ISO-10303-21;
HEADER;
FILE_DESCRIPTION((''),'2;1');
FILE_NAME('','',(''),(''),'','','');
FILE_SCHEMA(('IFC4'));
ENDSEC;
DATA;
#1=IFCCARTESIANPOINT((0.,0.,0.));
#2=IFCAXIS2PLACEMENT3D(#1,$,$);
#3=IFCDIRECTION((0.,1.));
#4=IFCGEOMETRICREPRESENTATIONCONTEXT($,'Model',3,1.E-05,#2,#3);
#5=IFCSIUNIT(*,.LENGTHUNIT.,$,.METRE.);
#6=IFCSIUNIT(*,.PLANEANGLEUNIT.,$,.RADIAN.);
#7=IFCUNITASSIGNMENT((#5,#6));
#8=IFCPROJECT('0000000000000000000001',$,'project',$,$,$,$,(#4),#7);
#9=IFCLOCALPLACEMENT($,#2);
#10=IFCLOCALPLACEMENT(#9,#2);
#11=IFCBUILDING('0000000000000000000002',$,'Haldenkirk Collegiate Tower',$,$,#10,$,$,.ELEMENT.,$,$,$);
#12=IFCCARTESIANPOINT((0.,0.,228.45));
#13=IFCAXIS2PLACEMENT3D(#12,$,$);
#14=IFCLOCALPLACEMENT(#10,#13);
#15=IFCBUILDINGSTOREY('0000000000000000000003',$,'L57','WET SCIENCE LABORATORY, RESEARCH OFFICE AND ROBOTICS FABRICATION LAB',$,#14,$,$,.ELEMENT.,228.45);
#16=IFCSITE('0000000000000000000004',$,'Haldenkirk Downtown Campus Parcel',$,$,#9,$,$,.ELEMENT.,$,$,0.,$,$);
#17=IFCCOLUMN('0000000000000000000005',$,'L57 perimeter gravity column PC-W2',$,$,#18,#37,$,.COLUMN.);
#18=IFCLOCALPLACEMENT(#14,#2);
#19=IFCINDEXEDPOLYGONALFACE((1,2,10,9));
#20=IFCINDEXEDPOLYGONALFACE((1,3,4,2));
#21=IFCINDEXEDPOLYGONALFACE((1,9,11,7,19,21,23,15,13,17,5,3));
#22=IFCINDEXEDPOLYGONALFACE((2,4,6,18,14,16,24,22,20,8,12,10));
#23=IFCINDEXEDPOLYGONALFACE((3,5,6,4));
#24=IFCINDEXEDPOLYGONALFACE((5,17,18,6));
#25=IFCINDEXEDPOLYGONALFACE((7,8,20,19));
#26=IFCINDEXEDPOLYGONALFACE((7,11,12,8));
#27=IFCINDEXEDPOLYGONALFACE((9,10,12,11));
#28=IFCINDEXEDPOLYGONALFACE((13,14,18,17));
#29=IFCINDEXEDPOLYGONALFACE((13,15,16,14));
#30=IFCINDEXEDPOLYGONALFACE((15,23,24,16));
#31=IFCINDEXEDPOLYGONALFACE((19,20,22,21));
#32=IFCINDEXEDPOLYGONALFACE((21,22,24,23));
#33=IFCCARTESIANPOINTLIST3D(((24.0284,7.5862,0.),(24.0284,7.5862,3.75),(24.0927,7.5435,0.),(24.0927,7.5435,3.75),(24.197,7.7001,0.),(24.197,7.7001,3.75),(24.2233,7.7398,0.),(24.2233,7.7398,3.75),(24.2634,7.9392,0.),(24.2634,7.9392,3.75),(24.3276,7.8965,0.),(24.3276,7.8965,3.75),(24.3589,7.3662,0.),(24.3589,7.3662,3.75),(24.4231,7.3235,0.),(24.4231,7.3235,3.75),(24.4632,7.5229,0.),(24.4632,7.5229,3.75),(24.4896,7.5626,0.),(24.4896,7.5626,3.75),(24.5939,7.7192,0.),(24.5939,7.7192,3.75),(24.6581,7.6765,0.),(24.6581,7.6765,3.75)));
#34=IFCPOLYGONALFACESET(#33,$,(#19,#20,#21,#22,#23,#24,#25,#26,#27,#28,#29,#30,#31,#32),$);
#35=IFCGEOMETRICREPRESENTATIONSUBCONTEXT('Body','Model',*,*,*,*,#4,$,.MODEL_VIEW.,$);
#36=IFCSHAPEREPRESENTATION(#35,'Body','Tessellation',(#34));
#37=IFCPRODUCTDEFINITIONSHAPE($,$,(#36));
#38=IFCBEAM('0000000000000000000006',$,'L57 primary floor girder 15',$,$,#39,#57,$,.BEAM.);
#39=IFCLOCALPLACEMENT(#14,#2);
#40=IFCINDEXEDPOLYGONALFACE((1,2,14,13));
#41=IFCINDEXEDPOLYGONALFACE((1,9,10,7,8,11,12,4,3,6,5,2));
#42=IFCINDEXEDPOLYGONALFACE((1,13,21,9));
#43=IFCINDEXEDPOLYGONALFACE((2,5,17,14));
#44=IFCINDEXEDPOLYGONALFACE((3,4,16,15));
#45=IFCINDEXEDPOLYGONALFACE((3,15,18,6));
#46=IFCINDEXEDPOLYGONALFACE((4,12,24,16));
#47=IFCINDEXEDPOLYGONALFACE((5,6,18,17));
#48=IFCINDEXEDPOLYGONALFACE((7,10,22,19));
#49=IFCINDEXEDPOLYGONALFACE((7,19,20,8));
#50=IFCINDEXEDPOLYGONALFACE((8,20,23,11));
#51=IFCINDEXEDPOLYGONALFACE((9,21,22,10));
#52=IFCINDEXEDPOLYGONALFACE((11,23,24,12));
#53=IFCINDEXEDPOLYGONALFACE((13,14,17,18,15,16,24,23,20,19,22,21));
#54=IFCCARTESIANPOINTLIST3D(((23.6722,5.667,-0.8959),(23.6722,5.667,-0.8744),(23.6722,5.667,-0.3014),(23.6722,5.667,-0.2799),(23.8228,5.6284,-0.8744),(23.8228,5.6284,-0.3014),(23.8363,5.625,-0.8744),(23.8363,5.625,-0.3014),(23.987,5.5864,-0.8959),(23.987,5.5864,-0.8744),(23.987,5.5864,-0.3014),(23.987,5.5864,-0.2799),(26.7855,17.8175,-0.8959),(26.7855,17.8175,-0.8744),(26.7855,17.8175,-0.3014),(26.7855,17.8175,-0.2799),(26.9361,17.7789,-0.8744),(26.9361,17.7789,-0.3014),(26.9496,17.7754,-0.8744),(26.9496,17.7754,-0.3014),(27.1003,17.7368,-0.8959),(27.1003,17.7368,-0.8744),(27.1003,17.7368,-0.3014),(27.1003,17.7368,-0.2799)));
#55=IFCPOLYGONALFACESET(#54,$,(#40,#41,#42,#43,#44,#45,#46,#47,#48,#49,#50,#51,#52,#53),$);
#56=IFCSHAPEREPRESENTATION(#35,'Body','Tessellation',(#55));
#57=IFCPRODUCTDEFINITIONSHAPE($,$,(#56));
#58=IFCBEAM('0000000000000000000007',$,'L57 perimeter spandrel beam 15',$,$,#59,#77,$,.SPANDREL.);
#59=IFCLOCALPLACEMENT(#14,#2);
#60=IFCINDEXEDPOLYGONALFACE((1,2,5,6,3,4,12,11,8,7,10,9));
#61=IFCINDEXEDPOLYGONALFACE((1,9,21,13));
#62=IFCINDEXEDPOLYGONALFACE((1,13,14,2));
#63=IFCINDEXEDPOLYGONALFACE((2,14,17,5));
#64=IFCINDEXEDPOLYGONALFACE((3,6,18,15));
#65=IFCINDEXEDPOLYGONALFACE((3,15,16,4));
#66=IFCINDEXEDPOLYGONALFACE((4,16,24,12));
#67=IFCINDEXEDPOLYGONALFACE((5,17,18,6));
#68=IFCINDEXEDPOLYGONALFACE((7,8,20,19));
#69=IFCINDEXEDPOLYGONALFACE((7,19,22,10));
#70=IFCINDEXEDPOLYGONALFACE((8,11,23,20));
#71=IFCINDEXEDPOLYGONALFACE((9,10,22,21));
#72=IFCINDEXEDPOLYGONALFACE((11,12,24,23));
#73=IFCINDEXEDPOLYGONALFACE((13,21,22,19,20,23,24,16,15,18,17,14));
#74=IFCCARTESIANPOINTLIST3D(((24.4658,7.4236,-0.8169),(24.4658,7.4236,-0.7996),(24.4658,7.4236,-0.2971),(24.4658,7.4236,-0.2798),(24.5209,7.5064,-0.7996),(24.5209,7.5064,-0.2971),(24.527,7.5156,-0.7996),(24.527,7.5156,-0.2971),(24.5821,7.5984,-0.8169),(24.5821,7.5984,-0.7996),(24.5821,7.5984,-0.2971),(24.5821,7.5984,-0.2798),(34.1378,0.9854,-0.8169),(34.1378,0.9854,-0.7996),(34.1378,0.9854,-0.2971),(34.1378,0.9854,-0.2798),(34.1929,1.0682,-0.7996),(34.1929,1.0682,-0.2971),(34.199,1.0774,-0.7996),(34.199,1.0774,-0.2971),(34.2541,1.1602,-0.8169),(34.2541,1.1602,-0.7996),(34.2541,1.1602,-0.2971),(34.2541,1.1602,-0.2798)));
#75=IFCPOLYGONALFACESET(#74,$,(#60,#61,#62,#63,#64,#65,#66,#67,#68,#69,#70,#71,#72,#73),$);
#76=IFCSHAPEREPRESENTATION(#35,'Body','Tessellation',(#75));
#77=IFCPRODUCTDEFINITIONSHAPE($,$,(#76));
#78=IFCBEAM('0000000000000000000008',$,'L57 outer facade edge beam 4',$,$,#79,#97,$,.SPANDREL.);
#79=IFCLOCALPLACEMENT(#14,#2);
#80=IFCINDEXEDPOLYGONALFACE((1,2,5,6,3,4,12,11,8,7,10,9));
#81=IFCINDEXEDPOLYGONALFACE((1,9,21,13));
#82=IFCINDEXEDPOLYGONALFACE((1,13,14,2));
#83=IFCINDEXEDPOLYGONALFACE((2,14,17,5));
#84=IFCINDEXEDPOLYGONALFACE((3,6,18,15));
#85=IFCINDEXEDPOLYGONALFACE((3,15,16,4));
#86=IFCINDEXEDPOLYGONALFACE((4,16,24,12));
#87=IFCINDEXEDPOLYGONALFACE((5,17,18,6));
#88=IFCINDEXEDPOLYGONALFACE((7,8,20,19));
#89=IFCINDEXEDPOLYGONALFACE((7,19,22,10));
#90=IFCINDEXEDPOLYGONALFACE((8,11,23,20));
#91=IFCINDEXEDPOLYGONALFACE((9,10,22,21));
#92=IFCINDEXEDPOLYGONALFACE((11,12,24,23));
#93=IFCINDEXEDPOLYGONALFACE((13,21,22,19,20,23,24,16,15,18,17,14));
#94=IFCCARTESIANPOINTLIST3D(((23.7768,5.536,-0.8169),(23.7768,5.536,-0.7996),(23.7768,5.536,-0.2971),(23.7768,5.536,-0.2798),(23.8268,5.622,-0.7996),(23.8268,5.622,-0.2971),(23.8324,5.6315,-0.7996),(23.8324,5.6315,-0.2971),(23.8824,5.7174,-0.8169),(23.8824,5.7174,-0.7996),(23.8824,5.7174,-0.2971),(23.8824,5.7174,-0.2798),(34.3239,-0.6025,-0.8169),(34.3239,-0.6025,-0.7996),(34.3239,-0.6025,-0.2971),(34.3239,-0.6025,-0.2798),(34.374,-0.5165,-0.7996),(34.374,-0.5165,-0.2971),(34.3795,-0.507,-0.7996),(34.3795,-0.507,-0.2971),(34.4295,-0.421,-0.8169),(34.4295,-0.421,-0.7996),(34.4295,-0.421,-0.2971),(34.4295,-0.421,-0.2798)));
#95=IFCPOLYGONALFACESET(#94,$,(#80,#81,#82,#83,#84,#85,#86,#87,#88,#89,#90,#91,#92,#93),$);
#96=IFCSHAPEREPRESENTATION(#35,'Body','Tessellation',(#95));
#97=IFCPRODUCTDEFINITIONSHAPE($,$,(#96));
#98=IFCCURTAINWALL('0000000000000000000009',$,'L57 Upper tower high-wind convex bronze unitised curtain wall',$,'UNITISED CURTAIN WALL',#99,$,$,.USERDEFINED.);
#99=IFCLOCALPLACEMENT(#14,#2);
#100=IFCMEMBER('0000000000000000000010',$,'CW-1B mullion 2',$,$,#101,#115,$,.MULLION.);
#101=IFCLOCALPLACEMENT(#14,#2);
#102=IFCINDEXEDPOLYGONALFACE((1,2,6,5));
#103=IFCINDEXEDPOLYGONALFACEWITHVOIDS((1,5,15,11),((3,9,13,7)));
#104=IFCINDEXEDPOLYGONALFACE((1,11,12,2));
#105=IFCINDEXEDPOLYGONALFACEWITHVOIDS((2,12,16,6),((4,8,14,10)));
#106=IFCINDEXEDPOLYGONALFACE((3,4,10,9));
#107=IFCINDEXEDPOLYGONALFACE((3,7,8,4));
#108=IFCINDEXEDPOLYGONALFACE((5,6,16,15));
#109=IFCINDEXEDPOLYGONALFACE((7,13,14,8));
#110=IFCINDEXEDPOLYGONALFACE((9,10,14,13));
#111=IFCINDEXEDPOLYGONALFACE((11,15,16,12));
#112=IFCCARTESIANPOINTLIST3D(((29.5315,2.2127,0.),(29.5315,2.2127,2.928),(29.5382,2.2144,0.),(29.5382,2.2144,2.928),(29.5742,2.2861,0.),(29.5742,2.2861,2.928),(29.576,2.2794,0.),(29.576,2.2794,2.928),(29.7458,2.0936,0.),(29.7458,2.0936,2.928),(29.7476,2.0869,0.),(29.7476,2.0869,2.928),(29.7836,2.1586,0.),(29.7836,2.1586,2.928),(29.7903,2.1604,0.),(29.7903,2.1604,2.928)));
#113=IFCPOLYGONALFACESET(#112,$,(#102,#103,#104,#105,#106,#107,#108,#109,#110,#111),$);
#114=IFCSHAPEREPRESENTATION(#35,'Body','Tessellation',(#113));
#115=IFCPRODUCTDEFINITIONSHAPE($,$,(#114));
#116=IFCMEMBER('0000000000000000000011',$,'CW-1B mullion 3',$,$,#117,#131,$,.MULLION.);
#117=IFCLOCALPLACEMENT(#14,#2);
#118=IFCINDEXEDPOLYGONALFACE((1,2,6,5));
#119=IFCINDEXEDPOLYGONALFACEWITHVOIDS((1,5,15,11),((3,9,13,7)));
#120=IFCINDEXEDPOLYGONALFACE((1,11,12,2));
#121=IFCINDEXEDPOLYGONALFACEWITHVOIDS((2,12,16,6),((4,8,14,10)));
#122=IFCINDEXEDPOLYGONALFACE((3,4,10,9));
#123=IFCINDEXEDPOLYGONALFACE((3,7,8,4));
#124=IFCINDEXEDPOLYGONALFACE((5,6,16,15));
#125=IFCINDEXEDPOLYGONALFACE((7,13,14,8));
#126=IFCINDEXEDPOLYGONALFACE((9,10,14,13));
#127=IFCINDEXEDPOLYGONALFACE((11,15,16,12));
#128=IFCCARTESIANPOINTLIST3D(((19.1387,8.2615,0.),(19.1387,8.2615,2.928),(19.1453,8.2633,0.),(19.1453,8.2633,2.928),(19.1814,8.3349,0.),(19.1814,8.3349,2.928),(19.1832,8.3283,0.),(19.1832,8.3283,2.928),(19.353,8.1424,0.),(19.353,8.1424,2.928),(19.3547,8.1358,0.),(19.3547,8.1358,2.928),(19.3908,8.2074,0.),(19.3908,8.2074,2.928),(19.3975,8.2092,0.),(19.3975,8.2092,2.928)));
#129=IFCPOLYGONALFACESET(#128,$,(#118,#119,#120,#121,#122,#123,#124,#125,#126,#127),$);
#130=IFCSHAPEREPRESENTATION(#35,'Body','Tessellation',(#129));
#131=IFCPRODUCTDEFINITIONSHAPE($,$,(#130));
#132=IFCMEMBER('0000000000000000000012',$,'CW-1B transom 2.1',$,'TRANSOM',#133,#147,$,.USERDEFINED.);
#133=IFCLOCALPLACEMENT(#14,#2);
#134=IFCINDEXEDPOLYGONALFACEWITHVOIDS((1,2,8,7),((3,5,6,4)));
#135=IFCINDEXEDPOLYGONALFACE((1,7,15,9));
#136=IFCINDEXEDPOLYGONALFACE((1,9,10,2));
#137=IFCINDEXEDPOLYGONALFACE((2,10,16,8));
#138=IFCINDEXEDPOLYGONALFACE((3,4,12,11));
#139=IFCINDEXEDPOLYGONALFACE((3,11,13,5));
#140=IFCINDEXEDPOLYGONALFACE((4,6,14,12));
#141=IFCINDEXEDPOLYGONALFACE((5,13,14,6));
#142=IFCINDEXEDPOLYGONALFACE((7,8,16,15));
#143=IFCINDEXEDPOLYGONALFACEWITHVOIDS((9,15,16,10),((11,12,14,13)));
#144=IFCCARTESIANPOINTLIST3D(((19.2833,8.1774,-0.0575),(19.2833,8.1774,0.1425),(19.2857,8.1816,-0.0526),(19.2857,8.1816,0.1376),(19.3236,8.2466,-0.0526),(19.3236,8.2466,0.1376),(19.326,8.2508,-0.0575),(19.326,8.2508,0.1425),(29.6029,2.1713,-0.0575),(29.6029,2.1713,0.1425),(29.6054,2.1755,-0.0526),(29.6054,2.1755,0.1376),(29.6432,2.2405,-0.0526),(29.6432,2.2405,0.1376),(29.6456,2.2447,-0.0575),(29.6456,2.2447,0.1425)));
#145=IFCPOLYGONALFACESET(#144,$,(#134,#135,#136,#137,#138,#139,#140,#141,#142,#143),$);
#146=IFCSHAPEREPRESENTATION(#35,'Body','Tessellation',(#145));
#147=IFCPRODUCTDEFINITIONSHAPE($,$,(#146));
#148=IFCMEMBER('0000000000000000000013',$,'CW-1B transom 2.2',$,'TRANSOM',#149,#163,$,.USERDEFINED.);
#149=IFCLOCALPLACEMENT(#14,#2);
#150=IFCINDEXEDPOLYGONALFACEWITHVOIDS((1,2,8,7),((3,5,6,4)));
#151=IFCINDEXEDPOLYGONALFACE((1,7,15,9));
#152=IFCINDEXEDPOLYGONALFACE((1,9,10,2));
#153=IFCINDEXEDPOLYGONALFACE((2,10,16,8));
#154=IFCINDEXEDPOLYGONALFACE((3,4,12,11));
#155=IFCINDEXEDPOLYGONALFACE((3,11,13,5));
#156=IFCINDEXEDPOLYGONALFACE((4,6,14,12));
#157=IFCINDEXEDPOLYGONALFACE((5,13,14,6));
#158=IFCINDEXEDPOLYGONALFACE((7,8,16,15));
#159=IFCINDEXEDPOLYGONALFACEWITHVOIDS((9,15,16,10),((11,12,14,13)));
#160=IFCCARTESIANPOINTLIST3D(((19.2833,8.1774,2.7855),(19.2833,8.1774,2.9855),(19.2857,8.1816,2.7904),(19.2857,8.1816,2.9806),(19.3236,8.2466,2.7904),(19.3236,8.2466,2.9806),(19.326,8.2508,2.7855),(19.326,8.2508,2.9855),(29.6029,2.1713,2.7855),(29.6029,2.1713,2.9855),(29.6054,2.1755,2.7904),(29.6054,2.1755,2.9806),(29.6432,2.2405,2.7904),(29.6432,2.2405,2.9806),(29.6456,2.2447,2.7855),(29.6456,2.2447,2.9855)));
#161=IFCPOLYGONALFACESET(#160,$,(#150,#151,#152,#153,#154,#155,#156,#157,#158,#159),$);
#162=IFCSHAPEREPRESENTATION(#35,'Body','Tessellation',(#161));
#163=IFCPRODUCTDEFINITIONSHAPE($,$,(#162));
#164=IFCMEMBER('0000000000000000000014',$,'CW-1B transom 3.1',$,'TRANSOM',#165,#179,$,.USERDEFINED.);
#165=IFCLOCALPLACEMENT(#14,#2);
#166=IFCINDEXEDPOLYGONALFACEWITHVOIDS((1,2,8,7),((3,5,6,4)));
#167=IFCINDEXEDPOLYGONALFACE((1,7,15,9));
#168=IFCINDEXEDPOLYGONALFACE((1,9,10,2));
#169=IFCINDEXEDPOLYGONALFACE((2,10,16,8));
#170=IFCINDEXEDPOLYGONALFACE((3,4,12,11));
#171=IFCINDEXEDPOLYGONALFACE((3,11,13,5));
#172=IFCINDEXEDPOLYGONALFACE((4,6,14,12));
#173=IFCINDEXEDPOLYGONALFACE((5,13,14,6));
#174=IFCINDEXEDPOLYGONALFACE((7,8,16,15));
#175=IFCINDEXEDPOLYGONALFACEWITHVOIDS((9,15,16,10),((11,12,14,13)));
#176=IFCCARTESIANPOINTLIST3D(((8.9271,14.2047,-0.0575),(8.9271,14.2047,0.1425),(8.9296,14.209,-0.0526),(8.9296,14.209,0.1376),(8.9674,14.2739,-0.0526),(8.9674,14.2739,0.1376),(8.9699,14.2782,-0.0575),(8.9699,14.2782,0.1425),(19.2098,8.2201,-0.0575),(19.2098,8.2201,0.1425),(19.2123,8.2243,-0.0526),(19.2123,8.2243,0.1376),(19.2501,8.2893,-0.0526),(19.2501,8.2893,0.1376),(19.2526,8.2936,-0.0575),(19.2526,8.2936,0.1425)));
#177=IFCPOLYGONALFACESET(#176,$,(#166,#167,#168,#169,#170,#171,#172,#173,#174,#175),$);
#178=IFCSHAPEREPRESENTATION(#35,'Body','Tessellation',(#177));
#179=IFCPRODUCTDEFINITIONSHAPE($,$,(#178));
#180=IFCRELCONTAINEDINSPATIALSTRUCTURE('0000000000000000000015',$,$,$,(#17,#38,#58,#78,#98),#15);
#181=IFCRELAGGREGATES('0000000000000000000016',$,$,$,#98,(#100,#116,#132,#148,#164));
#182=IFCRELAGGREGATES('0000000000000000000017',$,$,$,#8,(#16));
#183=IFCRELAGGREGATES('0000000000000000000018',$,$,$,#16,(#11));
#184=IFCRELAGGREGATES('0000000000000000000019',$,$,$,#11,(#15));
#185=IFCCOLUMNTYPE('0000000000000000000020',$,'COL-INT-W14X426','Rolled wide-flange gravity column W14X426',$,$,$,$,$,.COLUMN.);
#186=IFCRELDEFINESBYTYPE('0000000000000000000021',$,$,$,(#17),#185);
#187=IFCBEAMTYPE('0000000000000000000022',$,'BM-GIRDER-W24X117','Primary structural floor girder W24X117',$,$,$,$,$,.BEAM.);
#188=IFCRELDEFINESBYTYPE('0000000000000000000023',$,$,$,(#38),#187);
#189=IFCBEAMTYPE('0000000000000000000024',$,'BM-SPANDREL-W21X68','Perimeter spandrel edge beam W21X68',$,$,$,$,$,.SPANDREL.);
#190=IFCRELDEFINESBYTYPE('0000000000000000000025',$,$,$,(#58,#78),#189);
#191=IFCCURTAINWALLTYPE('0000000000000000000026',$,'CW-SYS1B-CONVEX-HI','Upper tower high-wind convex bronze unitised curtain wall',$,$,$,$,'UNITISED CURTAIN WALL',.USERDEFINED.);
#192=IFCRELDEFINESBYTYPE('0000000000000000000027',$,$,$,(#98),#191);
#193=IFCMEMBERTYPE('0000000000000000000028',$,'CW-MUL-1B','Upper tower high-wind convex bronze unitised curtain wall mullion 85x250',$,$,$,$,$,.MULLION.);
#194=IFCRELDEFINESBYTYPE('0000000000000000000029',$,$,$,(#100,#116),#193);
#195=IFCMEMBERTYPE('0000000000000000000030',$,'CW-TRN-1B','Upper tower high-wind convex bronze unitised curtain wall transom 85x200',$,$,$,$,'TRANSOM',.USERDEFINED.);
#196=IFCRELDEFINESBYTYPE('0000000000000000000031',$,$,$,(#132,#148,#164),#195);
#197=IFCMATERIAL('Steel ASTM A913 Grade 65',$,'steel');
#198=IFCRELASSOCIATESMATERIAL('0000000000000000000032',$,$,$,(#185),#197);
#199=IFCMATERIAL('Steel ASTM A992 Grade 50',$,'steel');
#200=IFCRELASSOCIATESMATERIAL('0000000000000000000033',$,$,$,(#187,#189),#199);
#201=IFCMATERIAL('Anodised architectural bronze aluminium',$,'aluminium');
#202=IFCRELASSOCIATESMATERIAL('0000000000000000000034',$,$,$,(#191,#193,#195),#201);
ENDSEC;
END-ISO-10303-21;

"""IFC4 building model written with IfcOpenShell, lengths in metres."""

from ifc_helpers import new_model, si_unit, direction, frame, origin, origin_2d, place, context, subcontext, project, spatial, hollow_rectangle, i_section, extrude, material, material_profile, profile_set, type_object, element, aggregate, save


model = new_model("IFC4")

# Units and contexts
model_context = context("Model", 3, precision=1e-05, world=origin(), true_north=direction((0.0, 1.0)))
body_context = subcontext(model_context, "Body", "Model", "MODEL_VIEW")
ifc_project = project(units=[si_unit("LENGTHUNIT", "METRE"), si_unit("PLANEANGLEUNIT", "RADIAN")], contexts=[model_context])

# Site, building, storey
site_placement = place(None, origin())
site = spatial("IfcSite", under=ifc_project, at=site_placement, Name="Haldenkirk Downtown Campus Parcel", CompositionType="ELEMENT", RefElevation=0.0)
building_placement = place(site_placement, origin())
building = spatial("IfcBuilding", under=site, at=building_placement, Name="Haldenkirk Collegiate Tower", CompositionType="ELEMENT")
storey_placement = place(building_placement, frame((0.0, 0.0, 228.45)))
storey = spatial("IfcBuildingStorey", under=building, at=storey_placement, Name="L57", Description="WET SCIENCE LABORATORY, RESEARCH OFFICE AND ROBOTICS FABRICATION LAB", CompositionType="ELEMENT", Elevation=228.45)

# Column
ifc_material_1 = material(Name="Steel ASTM A913 Grade 65", Category="steel")
ifc_material_profile_1 = material_profile(ifc_material_1, i_section(OverallWidth=0.4241, OverallDepth=0.4741, WebThickness=0.0476, FlangeThickness=0.0771, at=origin_2d()), Name="W14X426")
ifc_profile_set_1 = profile_set([ifc_material_profile_1], Name="Steel ASTM A913 Grade 65")
column_type = type_object("IfcColumnType", Name="COL-INT-W14X426", Description="Rolled wide-flange gravity column W14X426", PredefinedType="COLUMN", material=ifc_profile_set_1)
column_placement = place(storey_placement, frame((24.3433, 7.6313, 0.0), z_axis=(0.0, 0.0, 1.0), x_axis=(0.554118, 0.832438, 0.0)))
element("IfcColumn", 1, at=column_placement, inside=storey, type_object=column_type, Name="L57 perimeter gravity column PC-W2", PredefinedType="COLUMN", context=body_context, shape_type="SweptSolid", body=[
    extrude(i_section(OverallWidth=0.4241, OverallDepth=0.4741, WebThickness=0.0476, FlangeThickness=0.0771, at=origin_2d()), origin(), (0.0, 0.0, 1.0), 3.75),
])

# Beams
ifc_material_2 = material(Name="Steel ASTM A992 Grade 50", Category="steel")
ifc_material_profile_2 = material_profile(ifc_material_2, i_section(OverallWidth=0.325, OverallDepth=0.616, WebThickness=0.0139, FlangeThickness=0.0215, at=origin_2d()), Name="W24X117")
ifc_profile_set_2 = profile_set([ifc_material_profile_2], Name="Steel ASTM A992 Grade 50")
beam_type_1 = type_object("IfcBeamType", Name="BM-GIRDER-W24X117", Description="Primary structural floor girder W24X117", PredefinedType="BEAM", material=ifc_profile_set_2)
beam_1_placement = place(storey_placement, frame((23.8296, 5.6267, -0.5879), z_axis=(0.248211, 0.968706, 0.0), x_axis=(-0.968706, 0.248211, 0.0)))
element("IfcBeam", 2, at=beam_1_placement, inside=storey, type_object=beam_type_1, Name="L57 primary floor girder 15", PredefinedType="BEAM", context=body_context, shape_type="SweptSolid", body=[
    extrude(i_section(OverallWidth=0.325, OverallDepth=0.616, WebThickness=0.0139, FlangeThickness=0.0215, at=origin_2d()), origin(), (0.0, 0.0, 1.0), 12.543),
])
ifc_material_profile_3 = material_profile(ifc_material_2, i_section(OverallWidth=0.21, OverallDepth=0.5371, WebThickness=0.011, FlangeThickness=0.0173, at=origin_2d()), Name="W21X68")
ifc_profile_set_3 = profile_set([ifc_material_profile_3], Name="Steel ASTM A992 Grade 50")
beam_type_2 = type_object("IfcBeamType", Name="BM-SPANDREL-W21X68", Description="Perimeter spandrel edge beam W21X68", PredefinedType="SPANDREL", material=ifc_profile_set_3)
beam_2_placement = place(storey_placement, frame((24.5239, 7.511, -0.5483), z_axis=(0.832441, -0.554113, 0.0), x_axis=(0.554113, 0.832441, 0.0)))
element("IfcBeam", 3, at=beam_2_placement, inside=storey, type_object=beam_type_2, Name="L57 perimeter spandrel beam 15", PredefinedType="SPANDREL", context=body_context, shape_type="SweptSolid", body=[
    extrude(i_section(OverallWidth=0.21, OverallDepth=0.5371, WebThickness=0.011, FlangeThickness=0.0173, at=origin_2d()), origin(), (0.0, 0.0, 1.0), 11.6189),
])
beam_3_placement = place(storey_placement, frame((23.8296, 5.6267, -0.5483), z_axis=(0.86428, -0.503011, 0.0), x_axis=(0.503011, 0.86428, 0.0)))
element("IfcBeam", 4, at=beam_3_placement, inside=storey, type_object=beam_type_2, Name="L57 outer facade edge beam 4", PredefinedType="SPANDREL", context=body_context, shape_type="SweptSolid", body=[
    extrude(i_section(OverallWidth=0.21, OverallDepth=0.5371, WebThickness=0.011, FlangeThickness=0.0173, at=origin_2d()), origin(), (0.0, 0.0, 1.0), 12.2034),
])

# Curtain wall, members
ifc_material_3 = material(Name="Anodised architectural bronze aluminium", Category="aluminium")
curtain_wall_type = type_object("IfcCurtainWallType", Name="CW-SYS1B-CONVEX-HI", Description="Upper tower high-wind convex bronze unitised curtain wall", ElementType="UNITISED CURTAIN WALL", PredefinedType="USERDEFINED", material=ifc_material_3)
curtain_wall_placement = place(storey_placement, origin())
curtain_wall = element("IfcCurtainWall", 5, at=curtain_wall_placement, inside=storey, type_object=curtain_wall_type, Name="L57 Upper tower high-wind convex bronze unitised curtain wall", ObjectType="UNITISED CURTAIN WALL", PredefinedType="USERDEFINED")
ifc_material_profile_4 = material_profile(ifc_material_3, hollow_rectangle(XDim=0.085, YDim=0.25, WallThickness=0.0049, at=origin_2d()), Name="CW-MUL-1B")
ifc_profile_set_4 = profile_set([ifc_material_profile_4], Name="Anodised architectural bronze aluminium")
member_type_1 = type_object("IfcMemberType", Name="CW-MUL-1B", Description="Upper tower high-wind convex bronze unitised curtain wall mullion 85x250", PredefinedType="MULLION", material=ifc_profile_set_4)
member_1_placement = place(storey_placement, frame((29.6609, 2.1865, 0.0), z_axis=(0.0, 0.0, 1.0), x_axis=(-0.503018, -0.864276, 0.0)))
member_1 = element("IfcMember", 6, at=member_1_placement, type_object=member_type_1, Name="CW-1B mullion 2", PredefinedType="MULLION", context=body_context, shape_type="SweptSolid", body=[
    extrude(hollow_rectangle(XDim=0.085, YDim=0.25, WallThickness=0.0049, at=origin_2d()), origin(), (0.0, 0.0, 1.0), 2.928),
])
member_2_placement = place(storey_placement, frame((19.2681, 8.2354, 0.0), z_axis=(0.0, 0.0, 1.0), x_axis=(-0.503018, -0.864276, 0.0)))
member_2 = element("IfcMember", 7, at=member_2_placement, type_object=member_type_1, Name="CW-1B mullion 3", PredefinedType="MULLION", context=body_context, shape_type="SweptSolid", body=[
    extrude(hollow_rectangle(XDim=0.085, YDim=0.25, WallThickness=0.0049, at=origin_2d()), origin(), (0.0, 0.0, 1.0), 2.928),
])
ifc_material_profile_5 = material_profile(ifc_material_3, hollow_rectangle(XDim=0.085, YDim=0.2, WallThickness=0.0049, at=origin_2d()), Name="CW-TRN-1B")
ifc_profile_set_5 = profile_set([ifc_material_profile_5], Name="Anodised architectural bronze aluminium")
member_type_2 = type_object("IfcMemberType", Name="CW-TRN-1B", Description="Upper tower high-wind convex bronze unitised curtain wall transom 85x200", ElementType="TRANSOM", PredefinedType="USERDEFINED", material=ifc_profile_set_5)
member_3_placement = place(storey_placement, frame((29.6243, 2.208, 0.0425), z_axis=(-0.864276, 0.503018, 0.0), x_axis=(-0.503018, -0.864276, 0.0)))
member_3 = element("IfcMember", 8, at=member_3_placement, type_object=member_type_2, Name="CW-1B transom 2.1", ObjectType="TRANSOM", PredefinedType="USERDEFINED", context=body_context, shape_type="SweptSolid", body=[
    extrude(hollow_rectangle(XDim=0.085, YDim=0.2, WallThickness=0.0049, at=origin_2d()), origin(), (0.0, 0.0, 1.0), 11.9402),
])
member_4_placement = place(storey_placement, frame((29.6243, 2.208, 2.8855), z_axis=(-0.864276, 0.503018, 0.0), x_axis=(-0.503018, -0.864276, 0.0)))
member_4 = element("IfcMember", 9, at=member_4_placement, type_object=member_type_2, Name="CW-1B transom 2.2", ObjectType="TRANSOM", PredefinedType="USERDEFINED", context=body_context, shape_type="SweptSolid", body=[
    extrude(hollow_rectangle(XDim=0.085, YDim=0.2, WallThickness=0.0049, at=origin_2d()), origin(), (0.0, 0.0, 1.0), 11.9402),
])
member_5_placement = place(storey_placement, frame((19.2312, 8.2568, 0.0425), z_axis=(-0.864277, 0.503016, 0.0), x_axis=(-0.503016, -0.864277, 0.0)))
member_5 = element("IfcMember", 10, at=member_5_placement, type_object=member_type_2, Name="CW-1B transom 3.1", ObjectType="TRANSOM", PredefinedType="USERDEFINED", context=body_context, shape_type="SweptSolid", body=[
    extrude(hollow_rectangle(XDim=0.085, YDim=0.2, WallThickness=0.0049, at=origin_2d()), origin(), (0.0, 0.0, 1.0), 11.8975),
])

aggregate(curtain_wall, [member_1, member_2, member_3, member_4, member_5])

save(model, "model.ifc")
